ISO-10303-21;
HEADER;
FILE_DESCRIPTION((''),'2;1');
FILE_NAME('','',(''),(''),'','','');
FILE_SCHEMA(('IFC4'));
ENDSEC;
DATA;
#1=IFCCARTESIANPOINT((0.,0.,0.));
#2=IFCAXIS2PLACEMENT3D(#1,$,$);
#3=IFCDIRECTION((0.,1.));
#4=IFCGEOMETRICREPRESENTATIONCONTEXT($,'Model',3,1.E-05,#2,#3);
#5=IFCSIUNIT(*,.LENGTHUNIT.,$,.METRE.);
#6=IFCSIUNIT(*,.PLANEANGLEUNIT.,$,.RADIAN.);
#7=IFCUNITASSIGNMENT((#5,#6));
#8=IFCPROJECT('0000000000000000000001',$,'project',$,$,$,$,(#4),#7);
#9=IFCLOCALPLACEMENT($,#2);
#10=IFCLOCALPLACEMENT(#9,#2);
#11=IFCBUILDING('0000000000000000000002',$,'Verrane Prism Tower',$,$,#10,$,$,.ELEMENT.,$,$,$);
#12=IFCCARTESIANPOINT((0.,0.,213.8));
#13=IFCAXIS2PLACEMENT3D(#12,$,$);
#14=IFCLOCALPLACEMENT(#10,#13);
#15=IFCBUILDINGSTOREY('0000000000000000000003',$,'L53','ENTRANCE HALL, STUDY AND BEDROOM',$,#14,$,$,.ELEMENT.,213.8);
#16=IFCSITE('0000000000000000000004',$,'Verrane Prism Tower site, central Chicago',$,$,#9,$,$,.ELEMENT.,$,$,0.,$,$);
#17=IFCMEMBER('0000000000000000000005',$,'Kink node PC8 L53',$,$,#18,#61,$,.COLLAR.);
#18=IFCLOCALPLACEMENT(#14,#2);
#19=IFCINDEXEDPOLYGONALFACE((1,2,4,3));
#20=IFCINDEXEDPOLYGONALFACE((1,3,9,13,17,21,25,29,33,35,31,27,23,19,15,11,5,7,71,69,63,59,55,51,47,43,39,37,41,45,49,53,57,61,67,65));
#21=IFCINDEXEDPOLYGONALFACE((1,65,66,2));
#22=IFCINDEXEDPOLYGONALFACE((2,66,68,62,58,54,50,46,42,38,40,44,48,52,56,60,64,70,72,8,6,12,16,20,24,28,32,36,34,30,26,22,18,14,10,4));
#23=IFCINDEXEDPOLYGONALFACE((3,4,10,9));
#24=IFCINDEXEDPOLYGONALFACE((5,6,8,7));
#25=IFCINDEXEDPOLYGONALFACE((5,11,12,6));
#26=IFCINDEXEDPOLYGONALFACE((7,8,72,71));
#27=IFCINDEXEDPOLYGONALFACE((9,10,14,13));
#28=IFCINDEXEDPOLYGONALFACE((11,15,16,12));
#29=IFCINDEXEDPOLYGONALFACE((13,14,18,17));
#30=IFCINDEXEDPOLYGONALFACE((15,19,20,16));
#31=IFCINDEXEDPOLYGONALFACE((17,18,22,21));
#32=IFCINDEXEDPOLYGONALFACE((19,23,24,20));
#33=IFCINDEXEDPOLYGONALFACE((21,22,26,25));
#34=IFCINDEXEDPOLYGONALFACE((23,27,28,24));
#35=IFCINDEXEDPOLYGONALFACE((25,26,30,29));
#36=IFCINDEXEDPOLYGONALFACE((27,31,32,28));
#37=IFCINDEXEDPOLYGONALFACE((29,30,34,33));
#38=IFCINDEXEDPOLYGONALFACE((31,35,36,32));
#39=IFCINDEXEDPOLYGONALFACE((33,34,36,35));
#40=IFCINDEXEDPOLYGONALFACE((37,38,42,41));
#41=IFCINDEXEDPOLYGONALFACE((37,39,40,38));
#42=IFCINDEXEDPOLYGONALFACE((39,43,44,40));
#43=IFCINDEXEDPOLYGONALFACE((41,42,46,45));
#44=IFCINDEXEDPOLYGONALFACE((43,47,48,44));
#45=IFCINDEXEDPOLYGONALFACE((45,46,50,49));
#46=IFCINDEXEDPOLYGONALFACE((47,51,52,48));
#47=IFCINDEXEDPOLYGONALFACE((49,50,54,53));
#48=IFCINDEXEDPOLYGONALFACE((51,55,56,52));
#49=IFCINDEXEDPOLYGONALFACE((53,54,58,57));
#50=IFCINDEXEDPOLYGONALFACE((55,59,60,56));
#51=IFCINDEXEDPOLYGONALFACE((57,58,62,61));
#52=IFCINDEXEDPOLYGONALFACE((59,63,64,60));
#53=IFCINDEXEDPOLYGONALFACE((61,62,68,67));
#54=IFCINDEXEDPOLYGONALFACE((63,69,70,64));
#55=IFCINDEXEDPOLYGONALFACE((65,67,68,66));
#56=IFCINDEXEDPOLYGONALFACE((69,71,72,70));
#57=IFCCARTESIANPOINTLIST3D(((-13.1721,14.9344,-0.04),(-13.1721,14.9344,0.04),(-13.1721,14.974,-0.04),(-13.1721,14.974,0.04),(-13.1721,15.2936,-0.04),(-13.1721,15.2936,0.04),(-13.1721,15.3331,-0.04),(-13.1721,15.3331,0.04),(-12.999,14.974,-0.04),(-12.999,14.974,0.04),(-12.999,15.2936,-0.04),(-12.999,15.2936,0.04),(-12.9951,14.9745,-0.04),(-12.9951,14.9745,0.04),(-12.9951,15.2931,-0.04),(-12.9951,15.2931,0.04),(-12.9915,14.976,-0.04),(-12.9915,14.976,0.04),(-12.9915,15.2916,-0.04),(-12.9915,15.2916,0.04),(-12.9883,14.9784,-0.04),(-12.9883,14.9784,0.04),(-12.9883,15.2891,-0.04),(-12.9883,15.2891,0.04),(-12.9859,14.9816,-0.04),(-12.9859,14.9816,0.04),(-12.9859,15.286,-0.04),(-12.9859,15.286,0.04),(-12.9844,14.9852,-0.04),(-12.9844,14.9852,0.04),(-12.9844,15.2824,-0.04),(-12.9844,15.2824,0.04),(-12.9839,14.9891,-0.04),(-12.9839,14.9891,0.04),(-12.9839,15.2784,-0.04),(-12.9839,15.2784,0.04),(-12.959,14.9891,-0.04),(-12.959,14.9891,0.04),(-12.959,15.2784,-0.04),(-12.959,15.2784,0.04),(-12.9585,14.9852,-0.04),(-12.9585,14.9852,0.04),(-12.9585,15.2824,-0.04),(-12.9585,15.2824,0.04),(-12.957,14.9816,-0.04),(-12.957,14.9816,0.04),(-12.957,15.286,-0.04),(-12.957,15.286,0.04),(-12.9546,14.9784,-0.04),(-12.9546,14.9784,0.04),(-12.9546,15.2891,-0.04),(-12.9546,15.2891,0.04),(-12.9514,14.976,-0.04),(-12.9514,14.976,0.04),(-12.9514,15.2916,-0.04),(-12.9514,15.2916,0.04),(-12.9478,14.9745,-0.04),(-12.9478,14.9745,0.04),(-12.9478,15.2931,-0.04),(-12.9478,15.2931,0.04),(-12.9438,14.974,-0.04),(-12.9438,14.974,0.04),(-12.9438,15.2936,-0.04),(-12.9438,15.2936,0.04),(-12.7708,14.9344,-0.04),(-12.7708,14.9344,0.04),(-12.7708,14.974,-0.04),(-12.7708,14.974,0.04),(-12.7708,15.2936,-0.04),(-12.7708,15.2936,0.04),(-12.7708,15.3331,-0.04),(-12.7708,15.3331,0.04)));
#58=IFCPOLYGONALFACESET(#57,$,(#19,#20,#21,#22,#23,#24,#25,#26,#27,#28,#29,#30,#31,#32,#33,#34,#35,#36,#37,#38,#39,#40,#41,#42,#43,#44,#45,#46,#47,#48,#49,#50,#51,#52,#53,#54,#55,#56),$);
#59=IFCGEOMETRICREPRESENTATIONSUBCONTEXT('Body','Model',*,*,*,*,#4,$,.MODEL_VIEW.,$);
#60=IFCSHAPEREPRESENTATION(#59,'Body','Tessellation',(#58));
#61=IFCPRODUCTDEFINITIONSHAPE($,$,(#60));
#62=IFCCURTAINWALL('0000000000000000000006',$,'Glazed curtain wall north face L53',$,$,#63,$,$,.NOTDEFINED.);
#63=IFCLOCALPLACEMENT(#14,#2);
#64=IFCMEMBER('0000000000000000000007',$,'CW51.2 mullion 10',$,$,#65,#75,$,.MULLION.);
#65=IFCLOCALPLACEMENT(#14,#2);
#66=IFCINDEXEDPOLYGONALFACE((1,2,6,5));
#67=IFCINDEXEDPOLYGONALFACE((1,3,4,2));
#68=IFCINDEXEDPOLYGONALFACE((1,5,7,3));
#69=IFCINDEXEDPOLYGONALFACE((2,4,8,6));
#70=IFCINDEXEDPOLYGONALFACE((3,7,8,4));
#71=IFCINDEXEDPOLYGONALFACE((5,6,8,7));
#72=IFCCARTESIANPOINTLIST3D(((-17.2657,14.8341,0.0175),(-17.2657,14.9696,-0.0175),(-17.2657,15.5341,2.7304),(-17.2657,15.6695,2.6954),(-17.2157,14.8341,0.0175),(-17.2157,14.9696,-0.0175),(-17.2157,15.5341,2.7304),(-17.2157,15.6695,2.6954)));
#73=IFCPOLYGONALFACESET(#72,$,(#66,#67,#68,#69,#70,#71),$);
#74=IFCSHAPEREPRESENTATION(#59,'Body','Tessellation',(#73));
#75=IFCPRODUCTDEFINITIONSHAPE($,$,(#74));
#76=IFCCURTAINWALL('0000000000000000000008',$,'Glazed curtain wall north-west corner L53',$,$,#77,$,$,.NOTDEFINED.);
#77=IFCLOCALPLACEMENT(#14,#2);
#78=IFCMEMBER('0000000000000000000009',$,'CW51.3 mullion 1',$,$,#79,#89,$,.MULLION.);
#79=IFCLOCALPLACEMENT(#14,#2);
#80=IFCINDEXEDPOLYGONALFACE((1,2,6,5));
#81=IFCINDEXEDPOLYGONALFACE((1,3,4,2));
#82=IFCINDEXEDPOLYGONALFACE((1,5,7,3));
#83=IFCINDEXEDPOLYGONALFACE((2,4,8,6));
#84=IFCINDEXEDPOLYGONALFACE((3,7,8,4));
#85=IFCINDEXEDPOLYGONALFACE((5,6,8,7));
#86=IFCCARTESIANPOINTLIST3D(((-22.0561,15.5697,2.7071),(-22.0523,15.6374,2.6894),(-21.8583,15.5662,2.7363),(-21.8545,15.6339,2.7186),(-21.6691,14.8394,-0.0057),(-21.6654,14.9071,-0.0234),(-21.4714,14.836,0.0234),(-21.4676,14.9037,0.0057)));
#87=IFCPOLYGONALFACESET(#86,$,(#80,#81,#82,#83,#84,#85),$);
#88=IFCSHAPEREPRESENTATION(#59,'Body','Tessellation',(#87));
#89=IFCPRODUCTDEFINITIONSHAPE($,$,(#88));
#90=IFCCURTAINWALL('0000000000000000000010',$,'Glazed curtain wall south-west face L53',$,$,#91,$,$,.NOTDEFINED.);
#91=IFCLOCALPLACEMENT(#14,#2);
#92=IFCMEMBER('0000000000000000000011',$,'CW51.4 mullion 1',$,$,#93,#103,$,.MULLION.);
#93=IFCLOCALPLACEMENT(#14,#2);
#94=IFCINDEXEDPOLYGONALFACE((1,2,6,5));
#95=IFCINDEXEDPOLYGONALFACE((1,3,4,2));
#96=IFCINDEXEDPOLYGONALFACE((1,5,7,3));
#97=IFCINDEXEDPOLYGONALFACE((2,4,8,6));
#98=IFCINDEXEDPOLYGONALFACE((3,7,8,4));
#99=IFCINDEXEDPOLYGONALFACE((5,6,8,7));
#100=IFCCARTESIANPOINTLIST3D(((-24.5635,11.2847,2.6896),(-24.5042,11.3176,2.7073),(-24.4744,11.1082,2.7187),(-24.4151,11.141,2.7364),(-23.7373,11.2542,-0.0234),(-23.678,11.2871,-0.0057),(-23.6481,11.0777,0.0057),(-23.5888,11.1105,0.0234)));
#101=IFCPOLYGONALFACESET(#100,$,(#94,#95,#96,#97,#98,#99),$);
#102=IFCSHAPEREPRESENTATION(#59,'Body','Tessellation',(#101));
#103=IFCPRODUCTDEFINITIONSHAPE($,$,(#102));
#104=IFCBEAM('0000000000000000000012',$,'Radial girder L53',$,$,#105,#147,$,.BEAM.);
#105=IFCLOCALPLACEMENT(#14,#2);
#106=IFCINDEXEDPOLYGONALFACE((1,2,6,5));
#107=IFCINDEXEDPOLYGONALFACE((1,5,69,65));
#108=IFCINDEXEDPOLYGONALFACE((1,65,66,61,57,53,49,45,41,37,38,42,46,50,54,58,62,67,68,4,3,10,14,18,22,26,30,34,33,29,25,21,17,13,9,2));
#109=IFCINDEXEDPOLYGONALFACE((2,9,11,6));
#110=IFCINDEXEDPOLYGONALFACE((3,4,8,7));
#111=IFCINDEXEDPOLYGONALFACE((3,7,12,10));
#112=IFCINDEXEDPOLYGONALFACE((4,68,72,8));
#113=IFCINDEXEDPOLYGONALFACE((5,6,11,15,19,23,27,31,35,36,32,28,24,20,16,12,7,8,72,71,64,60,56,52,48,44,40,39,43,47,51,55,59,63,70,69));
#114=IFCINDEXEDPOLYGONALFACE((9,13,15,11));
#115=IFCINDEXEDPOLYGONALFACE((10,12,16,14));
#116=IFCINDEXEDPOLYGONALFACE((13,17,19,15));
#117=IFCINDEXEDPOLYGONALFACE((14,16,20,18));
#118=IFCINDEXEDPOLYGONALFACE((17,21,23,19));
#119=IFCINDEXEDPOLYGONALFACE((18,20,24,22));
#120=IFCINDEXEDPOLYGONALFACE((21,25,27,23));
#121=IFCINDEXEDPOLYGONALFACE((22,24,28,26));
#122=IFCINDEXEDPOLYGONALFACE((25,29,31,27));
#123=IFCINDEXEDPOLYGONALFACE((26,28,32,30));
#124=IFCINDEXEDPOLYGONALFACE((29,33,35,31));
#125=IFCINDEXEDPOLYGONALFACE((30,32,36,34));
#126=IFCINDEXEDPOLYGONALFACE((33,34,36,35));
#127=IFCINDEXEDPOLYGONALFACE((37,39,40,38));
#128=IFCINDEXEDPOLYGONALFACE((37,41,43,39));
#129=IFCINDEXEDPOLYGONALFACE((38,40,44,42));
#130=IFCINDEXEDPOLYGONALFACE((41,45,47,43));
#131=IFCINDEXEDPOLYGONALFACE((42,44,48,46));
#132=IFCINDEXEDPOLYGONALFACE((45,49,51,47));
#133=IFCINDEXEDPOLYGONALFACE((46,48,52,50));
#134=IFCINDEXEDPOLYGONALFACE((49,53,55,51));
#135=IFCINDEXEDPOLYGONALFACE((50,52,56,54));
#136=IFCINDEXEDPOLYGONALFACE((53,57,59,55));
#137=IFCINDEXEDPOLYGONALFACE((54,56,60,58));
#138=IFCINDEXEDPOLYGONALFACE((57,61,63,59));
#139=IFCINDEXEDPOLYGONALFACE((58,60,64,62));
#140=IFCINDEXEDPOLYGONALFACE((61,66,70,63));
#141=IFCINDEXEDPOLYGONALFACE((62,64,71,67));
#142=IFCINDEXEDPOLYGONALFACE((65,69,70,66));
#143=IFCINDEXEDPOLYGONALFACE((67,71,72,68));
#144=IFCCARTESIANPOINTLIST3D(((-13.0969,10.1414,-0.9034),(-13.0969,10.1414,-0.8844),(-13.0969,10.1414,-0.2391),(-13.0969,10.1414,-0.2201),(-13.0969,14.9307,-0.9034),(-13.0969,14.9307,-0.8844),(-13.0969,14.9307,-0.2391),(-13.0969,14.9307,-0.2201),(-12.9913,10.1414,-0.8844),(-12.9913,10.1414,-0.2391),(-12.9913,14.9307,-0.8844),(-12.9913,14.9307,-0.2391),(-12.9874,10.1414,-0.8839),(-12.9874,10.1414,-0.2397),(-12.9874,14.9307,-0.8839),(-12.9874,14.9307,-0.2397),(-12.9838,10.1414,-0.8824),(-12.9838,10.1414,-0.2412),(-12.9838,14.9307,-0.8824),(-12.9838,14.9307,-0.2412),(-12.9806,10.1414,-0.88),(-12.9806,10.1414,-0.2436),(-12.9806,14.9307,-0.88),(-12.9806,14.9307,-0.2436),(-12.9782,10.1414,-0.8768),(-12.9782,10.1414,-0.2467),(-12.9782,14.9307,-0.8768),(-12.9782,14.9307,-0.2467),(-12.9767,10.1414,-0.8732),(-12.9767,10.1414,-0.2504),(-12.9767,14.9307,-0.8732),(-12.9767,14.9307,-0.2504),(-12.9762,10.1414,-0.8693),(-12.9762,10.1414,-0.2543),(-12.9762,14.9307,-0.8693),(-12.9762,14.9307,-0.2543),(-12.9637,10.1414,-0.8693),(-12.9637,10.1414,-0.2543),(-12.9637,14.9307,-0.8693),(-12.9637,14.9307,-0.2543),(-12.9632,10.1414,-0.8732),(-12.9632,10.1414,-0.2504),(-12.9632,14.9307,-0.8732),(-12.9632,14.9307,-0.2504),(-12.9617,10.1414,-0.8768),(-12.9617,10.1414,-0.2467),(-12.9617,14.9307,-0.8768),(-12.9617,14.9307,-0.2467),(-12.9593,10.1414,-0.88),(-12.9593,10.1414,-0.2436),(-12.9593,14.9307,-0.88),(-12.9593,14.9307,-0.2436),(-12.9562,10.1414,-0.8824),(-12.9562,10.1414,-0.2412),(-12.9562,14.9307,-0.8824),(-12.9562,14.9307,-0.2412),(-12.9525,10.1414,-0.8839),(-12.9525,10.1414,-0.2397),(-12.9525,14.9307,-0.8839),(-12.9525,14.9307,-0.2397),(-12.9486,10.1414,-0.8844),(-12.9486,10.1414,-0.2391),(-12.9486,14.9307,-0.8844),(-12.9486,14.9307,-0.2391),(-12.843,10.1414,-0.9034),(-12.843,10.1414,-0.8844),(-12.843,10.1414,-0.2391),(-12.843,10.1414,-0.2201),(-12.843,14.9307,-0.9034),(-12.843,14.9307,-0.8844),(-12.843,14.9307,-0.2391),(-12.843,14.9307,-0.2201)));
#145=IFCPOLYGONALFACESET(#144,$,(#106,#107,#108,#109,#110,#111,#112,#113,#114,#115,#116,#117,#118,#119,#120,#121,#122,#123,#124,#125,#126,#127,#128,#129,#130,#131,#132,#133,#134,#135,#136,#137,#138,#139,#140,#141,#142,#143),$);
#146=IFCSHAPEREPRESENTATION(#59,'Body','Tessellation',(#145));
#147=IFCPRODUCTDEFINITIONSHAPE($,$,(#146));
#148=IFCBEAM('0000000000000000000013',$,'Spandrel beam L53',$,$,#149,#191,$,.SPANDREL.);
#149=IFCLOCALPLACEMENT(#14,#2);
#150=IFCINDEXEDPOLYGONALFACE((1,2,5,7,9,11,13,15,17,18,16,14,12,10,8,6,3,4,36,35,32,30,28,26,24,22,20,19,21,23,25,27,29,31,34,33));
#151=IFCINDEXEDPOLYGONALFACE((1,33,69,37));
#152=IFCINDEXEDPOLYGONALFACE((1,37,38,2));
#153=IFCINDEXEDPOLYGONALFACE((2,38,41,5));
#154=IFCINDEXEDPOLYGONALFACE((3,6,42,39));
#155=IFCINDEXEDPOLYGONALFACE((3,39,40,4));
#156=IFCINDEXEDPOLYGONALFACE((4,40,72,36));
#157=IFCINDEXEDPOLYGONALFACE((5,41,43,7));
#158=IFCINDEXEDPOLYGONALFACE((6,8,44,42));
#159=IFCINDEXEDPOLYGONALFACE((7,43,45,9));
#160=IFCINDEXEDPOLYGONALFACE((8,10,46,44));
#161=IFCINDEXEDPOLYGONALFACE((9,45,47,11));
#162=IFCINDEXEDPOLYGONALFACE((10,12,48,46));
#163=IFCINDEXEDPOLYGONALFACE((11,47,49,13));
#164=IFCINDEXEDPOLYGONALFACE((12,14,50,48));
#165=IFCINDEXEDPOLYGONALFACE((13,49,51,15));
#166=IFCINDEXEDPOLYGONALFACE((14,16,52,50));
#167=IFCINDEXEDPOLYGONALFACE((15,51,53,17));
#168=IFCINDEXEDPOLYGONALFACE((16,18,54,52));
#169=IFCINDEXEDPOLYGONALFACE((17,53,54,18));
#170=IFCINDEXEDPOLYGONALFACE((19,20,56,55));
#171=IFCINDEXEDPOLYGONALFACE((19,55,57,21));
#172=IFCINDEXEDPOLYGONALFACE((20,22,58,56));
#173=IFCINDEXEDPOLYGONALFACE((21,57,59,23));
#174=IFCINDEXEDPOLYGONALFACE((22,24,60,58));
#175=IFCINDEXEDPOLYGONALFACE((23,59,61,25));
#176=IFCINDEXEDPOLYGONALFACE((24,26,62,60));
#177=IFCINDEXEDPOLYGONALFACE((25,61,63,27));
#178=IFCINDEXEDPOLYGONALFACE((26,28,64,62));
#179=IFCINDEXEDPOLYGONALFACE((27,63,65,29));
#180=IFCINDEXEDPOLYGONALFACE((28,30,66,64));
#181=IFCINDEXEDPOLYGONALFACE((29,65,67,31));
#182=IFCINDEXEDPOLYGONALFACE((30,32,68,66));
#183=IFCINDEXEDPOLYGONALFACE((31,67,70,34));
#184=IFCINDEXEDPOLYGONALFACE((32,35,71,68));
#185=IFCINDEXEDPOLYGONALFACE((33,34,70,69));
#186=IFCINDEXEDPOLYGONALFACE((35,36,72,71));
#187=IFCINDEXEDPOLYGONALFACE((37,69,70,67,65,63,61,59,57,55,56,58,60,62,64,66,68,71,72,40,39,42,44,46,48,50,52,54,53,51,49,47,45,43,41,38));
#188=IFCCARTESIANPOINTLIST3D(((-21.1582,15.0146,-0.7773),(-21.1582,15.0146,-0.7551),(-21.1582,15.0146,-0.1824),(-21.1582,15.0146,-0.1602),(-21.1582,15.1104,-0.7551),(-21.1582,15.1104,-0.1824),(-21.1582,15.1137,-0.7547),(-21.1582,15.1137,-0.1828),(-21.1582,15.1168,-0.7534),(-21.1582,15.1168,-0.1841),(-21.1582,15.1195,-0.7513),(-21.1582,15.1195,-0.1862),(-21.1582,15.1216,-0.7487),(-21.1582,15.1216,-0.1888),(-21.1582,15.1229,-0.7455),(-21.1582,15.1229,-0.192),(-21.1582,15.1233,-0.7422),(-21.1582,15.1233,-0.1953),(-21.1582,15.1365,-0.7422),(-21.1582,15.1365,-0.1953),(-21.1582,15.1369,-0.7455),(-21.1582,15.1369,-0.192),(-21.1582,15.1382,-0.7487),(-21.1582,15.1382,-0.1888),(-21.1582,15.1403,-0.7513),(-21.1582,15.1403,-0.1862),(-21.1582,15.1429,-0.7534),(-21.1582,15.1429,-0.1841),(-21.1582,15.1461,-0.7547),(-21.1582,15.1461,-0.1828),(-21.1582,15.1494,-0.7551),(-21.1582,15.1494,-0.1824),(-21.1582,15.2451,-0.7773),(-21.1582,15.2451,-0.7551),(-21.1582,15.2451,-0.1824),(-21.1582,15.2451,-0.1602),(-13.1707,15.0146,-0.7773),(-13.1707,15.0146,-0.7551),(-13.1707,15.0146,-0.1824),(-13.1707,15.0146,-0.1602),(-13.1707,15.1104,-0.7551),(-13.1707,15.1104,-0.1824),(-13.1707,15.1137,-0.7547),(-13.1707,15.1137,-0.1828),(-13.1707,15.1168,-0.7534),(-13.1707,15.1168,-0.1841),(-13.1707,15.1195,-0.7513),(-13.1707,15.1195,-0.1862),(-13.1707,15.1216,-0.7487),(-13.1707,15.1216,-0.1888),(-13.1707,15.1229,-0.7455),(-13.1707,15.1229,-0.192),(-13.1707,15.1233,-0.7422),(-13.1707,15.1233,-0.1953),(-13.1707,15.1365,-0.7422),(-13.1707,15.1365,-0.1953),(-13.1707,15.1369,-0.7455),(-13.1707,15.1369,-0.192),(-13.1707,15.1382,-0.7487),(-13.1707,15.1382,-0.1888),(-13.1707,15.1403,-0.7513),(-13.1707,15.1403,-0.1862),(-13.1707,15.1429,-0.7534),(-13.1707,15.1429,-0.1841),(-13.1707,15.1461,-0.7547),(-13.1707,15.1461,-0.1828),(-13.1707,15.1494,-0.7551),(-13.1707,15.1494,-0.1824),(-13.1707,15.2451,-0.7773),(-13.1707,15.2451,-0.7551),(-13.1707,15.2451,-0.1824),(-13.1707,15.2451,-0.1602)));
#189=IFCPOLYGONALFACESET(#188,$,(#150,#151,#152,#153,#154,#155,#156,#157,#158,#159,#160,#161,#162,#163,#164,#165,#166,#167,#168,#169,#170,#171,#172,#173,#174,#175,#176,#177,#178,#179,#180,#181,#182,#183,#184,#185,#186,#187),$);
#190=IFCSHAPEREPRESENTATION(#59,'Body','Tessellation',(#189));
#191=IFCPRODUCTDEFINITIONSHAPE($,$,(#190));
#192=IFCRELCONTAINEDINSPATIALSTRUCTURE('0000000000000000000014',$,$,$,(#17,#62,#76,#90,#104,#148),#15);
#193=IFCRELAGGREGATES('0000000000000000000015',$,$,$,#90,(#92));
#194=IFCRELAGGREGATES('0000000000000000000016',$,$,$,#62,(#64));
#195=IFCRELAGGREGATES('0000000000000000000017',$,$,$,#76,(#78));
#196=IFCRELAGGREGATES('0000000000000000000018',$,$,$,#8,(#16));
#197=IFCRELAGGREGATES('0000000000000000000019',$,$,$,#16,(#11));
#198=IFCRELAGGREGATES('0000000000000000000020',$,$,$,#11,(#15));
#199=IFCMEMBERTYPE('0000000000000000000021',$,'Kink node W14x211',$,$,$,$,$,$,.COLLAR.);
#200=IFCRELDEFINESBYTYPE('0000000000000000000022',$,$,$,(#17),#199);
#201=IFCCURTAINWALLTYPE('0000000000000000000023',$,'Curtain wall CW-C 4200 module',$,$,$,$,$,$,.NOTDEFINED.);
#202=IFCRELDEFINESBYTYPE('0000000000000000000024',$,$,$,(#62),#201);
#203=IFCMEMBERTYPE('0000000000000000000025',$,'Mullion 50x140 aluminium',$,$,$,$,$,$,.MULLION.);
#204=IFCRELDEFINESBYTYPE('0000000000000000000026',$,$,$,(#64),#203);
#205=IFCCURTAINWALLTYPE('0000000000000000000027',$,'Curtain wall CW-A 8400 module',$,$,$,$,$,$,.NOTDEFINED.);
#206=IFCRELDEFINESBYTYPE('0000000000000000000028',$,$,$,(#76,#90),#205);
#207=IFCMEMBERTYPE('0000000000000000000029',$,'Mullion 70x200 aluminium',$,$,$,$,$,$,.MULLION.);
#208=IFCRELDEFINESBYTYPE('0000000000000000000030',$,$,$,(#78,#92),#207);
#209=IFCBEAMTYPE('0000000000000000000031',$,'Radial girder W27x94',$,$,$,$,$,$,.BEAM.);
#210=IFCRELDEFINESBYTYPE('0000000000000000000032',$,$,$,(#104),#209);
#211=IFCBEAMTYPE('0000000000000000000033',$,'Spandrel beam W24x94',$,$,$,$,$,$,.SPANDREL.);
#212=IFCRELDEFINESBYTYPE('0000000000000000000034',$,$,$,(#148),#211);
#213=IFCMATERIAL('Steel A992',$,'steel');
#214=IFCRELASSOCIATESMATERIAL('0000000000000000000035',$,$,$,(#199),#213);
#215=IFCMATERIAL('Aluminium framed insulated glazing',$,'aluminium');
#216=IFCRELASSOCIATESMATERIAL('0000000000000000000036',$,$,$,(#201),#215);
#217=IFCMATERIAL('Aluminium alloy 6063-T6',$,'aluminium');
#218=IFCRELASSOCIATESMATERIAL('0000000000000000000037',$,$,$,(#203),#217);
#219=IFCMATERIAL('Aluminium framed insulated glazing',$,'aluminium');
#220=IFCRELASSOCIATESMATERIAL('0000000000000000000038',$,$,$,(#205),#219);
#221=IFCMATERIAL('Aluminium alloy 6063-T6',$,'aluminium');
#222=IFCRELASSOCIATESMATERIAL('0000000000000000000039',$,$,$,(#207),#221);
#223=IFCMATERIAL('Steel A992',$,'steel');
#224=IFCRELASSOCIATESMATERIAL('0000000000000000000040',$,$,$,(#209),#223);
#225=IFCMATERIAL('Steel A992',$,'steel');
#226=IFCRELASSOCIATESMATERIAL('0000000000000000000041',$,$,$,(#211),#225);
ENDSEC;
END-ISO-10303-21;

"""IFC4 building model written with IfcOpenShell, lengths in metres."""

from ifc_helpers import new_model, si_unit, direction, frame, origin, origin_2d, place, context, subcontext, project, spatial, rectangle, i_section, extrude, material, material_profile, profile_set, type_object, element, aggregate, save


model = new_model("IFC4")

# Units and contexts
model_context = context("Model", 3, precision=1e-05, world=origin(), true_north=direction((0.0, 1.0)))
body_context = subcontext(model_context, "Body", "Model", "MODEL_VIEW")
ifc_project = project(units=[si_unit("LENGTHUNIT", "METRE"), si_unit("PLANEANGLEUNIT", "RADIAN")], contexts=[model_context])

# Site, building, storey
site_placement = place(None, origin())
site = spatial("IfcSite", under=ifc_project, at=site_placement, Name="Verrane Prism Tower site, central Chicago", CompositionType="ELEMENT", RefElevation=0.0)
building_placement = place(site_placement, origin())
building = spatial("IfcBuilding", under=site, at=building_placement, Name="Verrane Prism Tower", CompositionType="ELEMENT")
storey_placement = place(building_placement, frame((0.0, 0.0, 213.8)))
storey = spatial("IfcBuildingStorey", under=building, at=storey_placement, Name="L53", Description="ENTRANCE HALL, STUDY AND BEDROOM", CompositionType="ELEMENT", Elevation=213.8)

# Member
ifc_material_1 = material(Name="Steel A992", Category="steel")
ifc_material_profile_1 = material_profile(ifc_material_1, i_section(OverallWidth=0.4014, OverallDepth=0.3987, WebThickness=0.0249, FlangeThickness=0.0396, FilletRadius=0.0151, at=origin_2d()), Name="W14x211")
ifc_profile_set_1 = profile_set([ifc_material_profile_1], Name="Steel A992")
member_type_1 = type_object("IfcMemberType", Name="Kink node W14x211", PredefinedType="COLLAR", material=ifc_profile_set_1)
member_1_placement = place(storey_placement, frame((-12.9714, 15.1338, -0.04), z_axis=(0.0, 0.0, 1.0), x_axis=(1.0, 0.0, 0.0)))
element("IfcMember", 1, at=member_1_placement, inside=storey, type_object=member_type_1, Name="Kink node PC8 L53", PredefinedType="COLLAR", context=body_context, shape_type="SweptSolid", body=[
    extrude(i_section(OverallWidth=0.4014, OverallDepth=0.3987, WebThickness=0.0249, FlangeThickness=0.0396, FilletRadius=0.0151, at=origin_2d()), origin(), (0.0, 0.0, 1.0), 0.0801),
])

# Curtain walls, members
ifc_material_2 = material(Name="Aluminium framed insulated glazing", Category="aluminium")
curtain_wall_type_1 = type_object("IfcCurtainWallType", Name="Curtain wall CW-C 4200 module", PredefinedType="NOTDEFINED", material=ifc_material_2)
curtain_wall_1_placement = place(storey_placement, origin())
curtain_wall_1 = element("IfcCurtainWall", 2, at=curtain_wall_1_placement, inside=storey, type_object=curtain_wall_type_1, Name="Glazed curtain wall north face L53", PredefinedType="NOTDEFINED")
ifc_material_3 = material(Name="Aluminium alloy 6063-T6", Category="aluminium")
ifc_material_profile_2 = material_profile(ifc_material_3, rectangle(XDim=0.1399, YDim=0.05, at=origin_2d()), Name="Mullion 50x140 aluminium")
ifc_profile_set_2 = profile_set([ifc_material_profile_2], Name="Aluminium alloy 6063-T6")
member_type_2 = type_object("IfcMemberType", Name="Mullion 50x140 aluminium", PredefinedType="MULLION", material=ifc_profile_set_2)
member_2_placement = place(storey_placement, frame((-17.2407, 14.9019, 0.0), z_axis=(0.0, 0.249828, 0.96829), x_axis=(0.0, 0.96829, -0.249828)))
member_2 = element("IfcMember", 3, at=member_2_placement, type_object=member_type_2, Name="CW51.2 mullion 10", PredefinedType="MULLION", context=body_context, shape_type="SweptSolid", body=[
    extrude(rectangle(XDim=0.1399, YDim=0.05, at=origin_2d()), origin(), (0.0, 0.0, 1.0), 2.8018),
])
ifc_material_4 = material(Name="Aluminium framed insulated glazing", Category="aluminium")
curtain_wall_type_2 = type_object("IfcCurtainWallType", Name="Curtain wall CW-A 8400 module", PredefinedType="NOTDEFINED", material=ifc_material_4)
curtain_wall_2_placement = place(storey_placement, origin())
curtain_wall_2 = element("IfcCurtainWall", 4, at=curtain_wall_2_placement, inside=storey, type_object=curtain_wall_type_2, Name="Glazed curtain wall north-west corner L53", PredefinedType="NOTDEFINED")
ifc_material_5 = material(Name="Aluminium alloy 6063-T6", Category="aluminium")
ifc_material_profile_3 = material_profile(ifc_material_5, rectangle(XDim=0.2, YDim=0.0701, at=origin_2d()), Name="Mullion 70x200 aluminium")
ifc_profile_set_3 = profile_set([ifc_material_profile_3], Name="Aluminium alloy 6063-T6")
member_type_3 = type_object("IfcMemberType", Name="Mullion 70x200 aluminium", PredefinedType="MULLION", material=ifc_profile_set_3)
member_3_placement = place(storey_placement, frame((-21.5684, 14.8716, 0.0), z_axis=(-0.136448, 0.257486, 0.9566), x_axis=(-0.98918, 0.017117, -0.145703)))
member_3 = element("IfcMember", 5, at=member_3_placement, type_object=member_type_3, Name="CW51.3 mullion 1", PredefinedType="MULLION", context=body_context, shape_type="SweptSolid", body=[
    extrude(rectangle(XDim=0.2, YDim=0.0701, at=origin_2d()), origin(), (0.0, 0.0, 1.0), 2.8359),
])
curtain_wall_3_placement = place(storey_placement, origin())
curtain_wall_3 = element("IfcCurtainWall", 6, at=curtain_wall_3_placement, inside=storey, type_object=curtain_wall_type_2, Name="Glazed curtain wall south-west face L53", PredefinedType="NOTDEFINED")
member_4_placement = place(storey_placement, frame((-23.6631, 11.1824, 0.0), z_axis=(-0.291309, 0.010761, 0.956568), x_axis=(0.445989, -0.883091, 0.145754)))
member_4 = element("IfcMember", 7, at=member_4_placement, type_object=member_type_3, Name="CW51.4 mullion 1", PredefinedType="MULLION", context=body_context, shape_type="SweptSolid", body=[
    extrude(rectangle(XDim=0.2, YDim=0.0701, at=origin_2d()), origin(), (0.0, 0.0, 1.0), 2.8362),
])
aggregate(curtain_wall_3, [member_4])

# Beams
ifc_material_6 = material(Name="Steel A992", Category="steel")
ifc_material_profile_4 = material_profile(ifc_material_6, i_section(OverallWidth=0.2539, OverallDepth=0.6833, WebThickness=0.0125, FlangeThickness=0.019, FilletRadius=0.0151, at=origin_2d()), Name="W27x94")
ifc_profile_set_4 = profile_set([ifc_material_profile_4], Name="Steel A992")
beam_type_1 = type_object("IfcBeamType", Name="Radial girder W27x94", PredefinedType="BEAM", material=ifc_profile_set_4)
beam_1_placement = place(storey_placement, frame((-12.97, 14.9307, -0.5618), z_axis=(0.0, -1.0, 0.0), x_axis=(1.0, 0.0, 0.0)))
element("IfcBeam", 8, at=beam_1_placement, inside=storey, type_object=beam_type_1, Name="Radial girder L53", PredefinedType="BEAM", context=body_context, shape_type="SweptSolid", body=[
    extrude(i_section(OverallWidth=0.2539, OverallDepth=0.6833, WebThickness=0.0125, FlangeThickness=0.019, FilletRadius=0.0151, at=origin_2d()), origin(), (0.0, 0.0, 1.0), 4.7893),
])
ifc_material_7 = material(Name="Steel A992", Category="steel")
ifc_material_profile_5 = material_profile(ifc_material_7, i_section(OverallWidth=0.2305, OverallDepth=0.6172, WebThickness=0.0132, FlangeThickness=0.0222, FilletRadius=0.0129, at=origin_2d()), Name="W24x94")
ifc_profile_set_5 = profile_set([ifc_material_profile_5], Name="Steel A992")
beam_type_2 = type_object("IfcBeamType", Name="Spandrel beam W24x94", PredefinedType="SPANDREL", material=ifc_profile_set_5)
beam_2_placement = place(storey_placement, frame((-13.1707, 15.1299, -0.4688), z_axis=(-1.0, 0.0, 0.0), x_axis=(0.0, -1.0, 0.0)))
element("IfcBeam", 9, at=beam_2_placement, inside=storey, type_object=beam_type_2, Name="Spandrel beam L53", PredefinedType="SPANDREL", context=body_context, shape_type="SweptSolid", body=[
    extrude(i_section(OverallWidth=0.2305, OverallDepth=0.6172, WebThickness=0.0132, FlangeThickness=0.0222, FilletRadius=0.0129, at=origin_2d()), origin(), (0.0, 0.0, 1.0), 7.9875),
])

aggregate(curtain_wall_1, [member_2])
aggregate(curtain_wall_2, [member_3])

save(model, "model.ifc")
